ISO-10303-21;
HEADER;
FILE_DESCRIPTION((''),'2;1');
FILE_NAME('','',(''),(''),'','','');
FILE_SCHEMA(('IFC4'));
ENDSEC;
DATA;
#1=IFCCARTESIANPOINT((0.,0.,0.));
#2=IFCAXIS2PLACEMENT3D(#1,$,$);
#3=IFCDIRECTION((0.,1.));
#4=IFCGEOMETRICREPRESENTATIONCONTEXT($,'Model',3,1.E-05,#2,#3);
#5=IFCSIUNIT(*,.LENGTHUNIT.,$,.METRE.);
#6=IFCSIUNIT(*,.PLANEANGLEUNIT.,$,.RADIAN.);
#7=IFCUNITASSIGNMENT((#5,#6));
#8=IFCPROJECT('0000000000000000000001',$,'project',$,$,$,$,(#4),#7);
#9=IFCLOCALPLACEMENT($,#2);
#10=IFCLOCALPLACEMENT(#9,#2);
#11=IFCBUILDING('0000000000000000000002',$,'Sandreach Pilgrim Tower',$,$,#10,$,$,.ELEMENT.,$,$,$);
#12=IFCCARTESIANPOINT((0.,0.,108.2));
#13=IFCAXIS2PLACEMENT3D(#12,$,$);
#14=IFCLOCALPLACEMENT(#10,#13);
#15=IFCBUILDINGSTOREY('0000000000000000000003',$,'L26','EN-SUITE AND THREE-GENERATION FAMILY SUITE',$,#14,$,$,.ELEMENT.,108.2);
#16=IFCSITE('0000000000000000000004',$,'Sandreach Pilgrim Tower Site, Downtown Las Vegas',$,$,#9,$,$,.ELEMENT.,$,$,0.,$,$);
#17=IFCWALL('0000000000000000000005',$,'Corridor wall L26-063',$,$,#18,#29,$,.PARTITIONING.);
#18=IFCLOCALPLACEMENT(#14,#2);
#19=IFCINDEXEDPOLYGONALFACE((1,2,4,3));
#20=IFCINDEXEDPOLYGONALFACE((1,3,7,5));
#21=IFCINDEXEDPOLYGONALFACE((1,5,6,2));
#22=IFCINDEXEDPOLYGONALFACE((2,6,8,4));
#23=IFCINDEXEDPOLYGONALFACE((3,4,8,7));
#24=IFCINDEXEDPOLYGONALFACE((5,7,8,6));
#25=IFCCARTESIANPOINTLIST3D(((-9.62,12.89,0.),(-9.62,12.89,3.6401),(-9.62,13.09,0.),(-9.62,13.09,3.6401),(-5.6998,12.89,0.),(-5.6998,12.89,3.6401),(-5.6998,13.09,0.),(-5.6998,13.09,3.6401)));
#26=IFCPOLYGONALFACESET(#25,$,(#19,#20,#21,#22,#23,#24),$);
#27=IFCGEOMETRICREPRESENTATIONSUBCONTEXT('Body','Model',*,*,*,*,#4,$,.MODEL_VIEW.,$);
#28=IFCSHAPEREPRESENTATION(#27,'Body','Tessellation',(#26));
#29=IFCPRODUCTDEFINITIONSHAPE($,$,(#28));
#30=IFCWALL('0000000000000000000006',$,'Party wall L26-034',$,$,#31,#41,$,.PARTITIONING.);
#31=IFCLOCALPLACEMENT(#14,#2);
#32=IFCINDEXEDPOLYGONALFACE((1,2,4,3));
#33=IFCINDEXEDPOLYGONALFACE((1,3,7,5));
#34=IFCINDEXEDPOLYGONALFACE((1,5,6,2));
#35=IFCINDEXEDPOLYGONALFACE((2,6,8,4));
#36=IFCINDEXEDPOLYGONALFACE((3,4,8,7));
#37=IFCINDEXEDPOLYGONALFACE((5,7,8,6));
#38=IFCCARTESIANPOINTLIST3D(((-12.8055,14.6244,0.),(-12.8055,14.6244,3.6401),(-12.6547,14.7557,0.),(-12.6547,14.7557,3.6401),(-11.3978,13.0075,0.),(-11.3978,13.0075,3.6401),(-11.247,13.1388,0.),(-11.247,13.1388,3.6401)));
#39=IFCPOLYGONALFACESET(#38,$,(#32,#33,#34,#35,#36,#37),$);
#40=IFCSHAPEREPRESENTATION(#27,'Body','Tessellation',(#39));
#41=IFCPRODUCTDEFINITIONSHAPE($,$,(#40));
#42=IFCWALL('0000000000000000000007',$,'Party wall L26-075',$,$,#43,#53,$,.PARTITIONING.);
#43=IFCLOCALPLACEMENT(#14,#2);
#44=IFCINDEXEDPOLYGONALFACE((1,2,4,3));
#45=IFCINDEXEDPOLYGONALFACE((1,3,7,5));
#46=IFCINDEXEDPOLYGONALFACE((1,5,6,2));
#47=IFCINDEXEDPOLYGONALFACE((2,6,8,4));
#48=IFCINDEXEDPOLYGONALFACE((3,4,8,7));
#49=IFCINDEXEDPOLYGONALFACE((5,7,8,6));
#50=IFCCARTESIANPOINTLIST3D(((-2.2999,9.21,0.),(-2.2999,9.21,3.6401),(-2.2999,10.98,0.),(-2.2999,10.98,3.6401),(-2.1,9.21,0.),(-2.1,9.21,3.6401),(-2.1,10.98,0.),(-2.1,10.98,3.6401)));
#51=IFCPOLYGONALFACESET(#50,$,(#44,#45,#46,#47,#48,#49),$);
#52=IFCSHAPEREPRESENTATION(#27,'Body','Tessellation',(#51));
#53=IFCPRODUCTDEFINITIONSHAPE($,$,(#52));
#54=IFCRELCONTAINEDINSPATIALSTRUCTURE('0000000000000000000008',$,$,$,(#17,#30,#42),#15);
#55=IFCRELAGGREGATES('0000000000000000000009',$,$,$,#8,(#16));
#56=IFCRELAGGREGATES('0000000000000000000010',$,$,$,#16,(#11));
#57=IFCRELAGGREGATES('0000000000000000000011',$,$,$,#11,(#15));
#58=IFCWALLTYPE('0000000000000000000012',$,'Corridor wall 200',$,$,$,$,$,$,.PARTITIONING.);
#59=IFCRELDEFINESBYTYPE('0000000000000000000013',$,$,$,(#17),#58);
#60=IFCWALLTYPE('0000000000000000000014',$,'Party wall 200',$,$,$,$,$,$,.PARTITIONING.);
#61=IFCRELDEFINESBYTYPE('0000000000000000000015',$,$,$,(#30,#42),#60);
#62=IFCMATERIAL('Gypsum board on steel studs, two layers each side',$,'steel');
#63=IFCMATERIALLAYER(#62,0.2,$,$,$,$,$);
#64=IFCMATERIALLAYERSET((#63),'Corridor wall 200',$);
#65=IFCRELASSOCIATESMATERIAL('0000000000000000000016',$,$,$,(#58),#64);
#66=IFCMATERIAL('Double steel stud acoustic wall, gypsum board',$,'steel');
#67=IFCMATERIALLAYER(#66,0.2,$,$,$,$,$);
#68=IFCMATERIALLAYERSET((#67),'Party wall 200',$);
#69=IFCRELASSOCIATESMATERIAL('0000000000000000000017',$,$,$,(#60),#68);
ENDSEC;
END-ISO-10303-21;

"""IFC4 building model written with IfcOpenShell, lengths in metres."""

from ifc_helpers import new_model, si_unit, direction, frame, frame_2d, origin, place, context, subcontext, project, spatial, rectangle, extrude, material, layer, layer_set, type_object, element, save


model = new_model("IFC4")

# Units and contexts
model_context = context("Model", 3, precision=1e-05, world=origin(), true_north=direction((0.0, 1.0)))
body_context = subcontext(model_context, "Body", "Model", "MODEL_VIEW")
ifc_project = project(units=[si_unit("LENGTHUNIT", "METRE"), si_unit("PLANEANGLEUNIT", "RADIAN")], contexts=[model_context])

# Site, building, storey
site_placement = place(None, origin())
site = spatial("IfcSite", under=ifc_project, at=site_placement, Name="Sandreach Pilgrim Tower Site, Downtown Las Vegas", CompositionType="ELEMENT", RefElevation=0.0)
building_placement = place(site_placement, origin())
building = spatial("IfcBuilding", under=site, at=building_placement, Name="Sandreach Pilgrim Tower", CompositionType="ELEMENT")
storey_placement = place(building_placement, frame((0.0, 0.0, 108.2)))
storey = spatial("IfcBuildingStorey", under=building, at=storey_placement, Name="L26", Description="EN-SUITE AND THREE-GENERATION FAMILY SUITE", CompositionType="ELEMENT", Elevation=108.2)

# Shared definitions
ifc_material_1 = material(Name="Gypsum board on steel studs, two layers each side", Category="steel")
ifc_layer_1 = layer(ifc_material_1, 0.2)
ifc_layer_set_1 = layer_set([ifc_layer_1], Name="Corridor wall 200")
wall_type_1 = type_object("IfcWallType", Name="Corridor wall 200", PredefinedType="PARTITIONING", material=ifc_layer_set_1)

# Wall
wall_1_placement = place(storey_placement, frame((-5.7, 12.99, 0.0), z_axis=(0.0, 0.0, 1.0), x_axis=(-1.0, 0.0, 0.0)))
element("IfcWall", 1, at=wall_1_placement, inside=storey, type_object=wall_type_1, Name="Corridor wall L26-063", PredefinedType="PARTITIONING", context=body_context, shape_type="SweptSolid", body=[
    extrude(rectangle(XDim=3.9202, YDim=0.2, at=frame_2d((1.96, 0.0))), origin(), (0.0, 0.0, 1.0), 3.6401),
])

# Walls
ifc_material_2 = material(Name="Double steel stud acoustic wall, gypsum board", Category="steel")
ifc_layer_2 = layer(ifc_material_2, 0.2)
ifc_layer_set_2 = layer_set([ifc_layer_2], Name="Party wall 200")
wall_type_2 = type_object("IfcWallType", Name="Party wall 200", PredefinedType="PARTITIONING", material=ifc_layer_set_2)
wall_2_placement = place(storey_placement, frame((-12.73, 14.6899, 0.0), z_axis=(0.0, 0.0, 1.0), x_axis=(0.656624, -0.754218, 0.0)))
element("IfcWall", 2, at=wall_2_placement, inside=storey, type_object=wall_type_2, Name="Party wall L26-034", PredefinedType="PARTITIONING", context=body_context, shape_type="SweptSolid", body=[
    extrude(rectangle(XDim=2.1438, YDim=0.2, at=frame_2d((1.0718, 0.0))), origin(), (0.0, 0.0, 1.0), 3.6401),
])
wall_3_placement = place(storey_placement, frame((-2.2, 10.98, 0.0), z_axis=(0.0, 0.0, 1.0), x_axis=(0.0, -1.0, 0.0)))
element("IfcWall", 3, at=wall_3_placement, inside=storey, type_object=wall_type_2, Name="Party wall L26-075", PredefinedType="PARTITIONING", context=body_context, shape_type="SweptSolid", body=[
    extrude(rectangle(XDim=1.77, YDim=0.2, at=frame_2d((0.885, 0.0))), origin(), (0.0, 0.0, 1.0), 3.6401),
])

save(model, "model.ifc")
